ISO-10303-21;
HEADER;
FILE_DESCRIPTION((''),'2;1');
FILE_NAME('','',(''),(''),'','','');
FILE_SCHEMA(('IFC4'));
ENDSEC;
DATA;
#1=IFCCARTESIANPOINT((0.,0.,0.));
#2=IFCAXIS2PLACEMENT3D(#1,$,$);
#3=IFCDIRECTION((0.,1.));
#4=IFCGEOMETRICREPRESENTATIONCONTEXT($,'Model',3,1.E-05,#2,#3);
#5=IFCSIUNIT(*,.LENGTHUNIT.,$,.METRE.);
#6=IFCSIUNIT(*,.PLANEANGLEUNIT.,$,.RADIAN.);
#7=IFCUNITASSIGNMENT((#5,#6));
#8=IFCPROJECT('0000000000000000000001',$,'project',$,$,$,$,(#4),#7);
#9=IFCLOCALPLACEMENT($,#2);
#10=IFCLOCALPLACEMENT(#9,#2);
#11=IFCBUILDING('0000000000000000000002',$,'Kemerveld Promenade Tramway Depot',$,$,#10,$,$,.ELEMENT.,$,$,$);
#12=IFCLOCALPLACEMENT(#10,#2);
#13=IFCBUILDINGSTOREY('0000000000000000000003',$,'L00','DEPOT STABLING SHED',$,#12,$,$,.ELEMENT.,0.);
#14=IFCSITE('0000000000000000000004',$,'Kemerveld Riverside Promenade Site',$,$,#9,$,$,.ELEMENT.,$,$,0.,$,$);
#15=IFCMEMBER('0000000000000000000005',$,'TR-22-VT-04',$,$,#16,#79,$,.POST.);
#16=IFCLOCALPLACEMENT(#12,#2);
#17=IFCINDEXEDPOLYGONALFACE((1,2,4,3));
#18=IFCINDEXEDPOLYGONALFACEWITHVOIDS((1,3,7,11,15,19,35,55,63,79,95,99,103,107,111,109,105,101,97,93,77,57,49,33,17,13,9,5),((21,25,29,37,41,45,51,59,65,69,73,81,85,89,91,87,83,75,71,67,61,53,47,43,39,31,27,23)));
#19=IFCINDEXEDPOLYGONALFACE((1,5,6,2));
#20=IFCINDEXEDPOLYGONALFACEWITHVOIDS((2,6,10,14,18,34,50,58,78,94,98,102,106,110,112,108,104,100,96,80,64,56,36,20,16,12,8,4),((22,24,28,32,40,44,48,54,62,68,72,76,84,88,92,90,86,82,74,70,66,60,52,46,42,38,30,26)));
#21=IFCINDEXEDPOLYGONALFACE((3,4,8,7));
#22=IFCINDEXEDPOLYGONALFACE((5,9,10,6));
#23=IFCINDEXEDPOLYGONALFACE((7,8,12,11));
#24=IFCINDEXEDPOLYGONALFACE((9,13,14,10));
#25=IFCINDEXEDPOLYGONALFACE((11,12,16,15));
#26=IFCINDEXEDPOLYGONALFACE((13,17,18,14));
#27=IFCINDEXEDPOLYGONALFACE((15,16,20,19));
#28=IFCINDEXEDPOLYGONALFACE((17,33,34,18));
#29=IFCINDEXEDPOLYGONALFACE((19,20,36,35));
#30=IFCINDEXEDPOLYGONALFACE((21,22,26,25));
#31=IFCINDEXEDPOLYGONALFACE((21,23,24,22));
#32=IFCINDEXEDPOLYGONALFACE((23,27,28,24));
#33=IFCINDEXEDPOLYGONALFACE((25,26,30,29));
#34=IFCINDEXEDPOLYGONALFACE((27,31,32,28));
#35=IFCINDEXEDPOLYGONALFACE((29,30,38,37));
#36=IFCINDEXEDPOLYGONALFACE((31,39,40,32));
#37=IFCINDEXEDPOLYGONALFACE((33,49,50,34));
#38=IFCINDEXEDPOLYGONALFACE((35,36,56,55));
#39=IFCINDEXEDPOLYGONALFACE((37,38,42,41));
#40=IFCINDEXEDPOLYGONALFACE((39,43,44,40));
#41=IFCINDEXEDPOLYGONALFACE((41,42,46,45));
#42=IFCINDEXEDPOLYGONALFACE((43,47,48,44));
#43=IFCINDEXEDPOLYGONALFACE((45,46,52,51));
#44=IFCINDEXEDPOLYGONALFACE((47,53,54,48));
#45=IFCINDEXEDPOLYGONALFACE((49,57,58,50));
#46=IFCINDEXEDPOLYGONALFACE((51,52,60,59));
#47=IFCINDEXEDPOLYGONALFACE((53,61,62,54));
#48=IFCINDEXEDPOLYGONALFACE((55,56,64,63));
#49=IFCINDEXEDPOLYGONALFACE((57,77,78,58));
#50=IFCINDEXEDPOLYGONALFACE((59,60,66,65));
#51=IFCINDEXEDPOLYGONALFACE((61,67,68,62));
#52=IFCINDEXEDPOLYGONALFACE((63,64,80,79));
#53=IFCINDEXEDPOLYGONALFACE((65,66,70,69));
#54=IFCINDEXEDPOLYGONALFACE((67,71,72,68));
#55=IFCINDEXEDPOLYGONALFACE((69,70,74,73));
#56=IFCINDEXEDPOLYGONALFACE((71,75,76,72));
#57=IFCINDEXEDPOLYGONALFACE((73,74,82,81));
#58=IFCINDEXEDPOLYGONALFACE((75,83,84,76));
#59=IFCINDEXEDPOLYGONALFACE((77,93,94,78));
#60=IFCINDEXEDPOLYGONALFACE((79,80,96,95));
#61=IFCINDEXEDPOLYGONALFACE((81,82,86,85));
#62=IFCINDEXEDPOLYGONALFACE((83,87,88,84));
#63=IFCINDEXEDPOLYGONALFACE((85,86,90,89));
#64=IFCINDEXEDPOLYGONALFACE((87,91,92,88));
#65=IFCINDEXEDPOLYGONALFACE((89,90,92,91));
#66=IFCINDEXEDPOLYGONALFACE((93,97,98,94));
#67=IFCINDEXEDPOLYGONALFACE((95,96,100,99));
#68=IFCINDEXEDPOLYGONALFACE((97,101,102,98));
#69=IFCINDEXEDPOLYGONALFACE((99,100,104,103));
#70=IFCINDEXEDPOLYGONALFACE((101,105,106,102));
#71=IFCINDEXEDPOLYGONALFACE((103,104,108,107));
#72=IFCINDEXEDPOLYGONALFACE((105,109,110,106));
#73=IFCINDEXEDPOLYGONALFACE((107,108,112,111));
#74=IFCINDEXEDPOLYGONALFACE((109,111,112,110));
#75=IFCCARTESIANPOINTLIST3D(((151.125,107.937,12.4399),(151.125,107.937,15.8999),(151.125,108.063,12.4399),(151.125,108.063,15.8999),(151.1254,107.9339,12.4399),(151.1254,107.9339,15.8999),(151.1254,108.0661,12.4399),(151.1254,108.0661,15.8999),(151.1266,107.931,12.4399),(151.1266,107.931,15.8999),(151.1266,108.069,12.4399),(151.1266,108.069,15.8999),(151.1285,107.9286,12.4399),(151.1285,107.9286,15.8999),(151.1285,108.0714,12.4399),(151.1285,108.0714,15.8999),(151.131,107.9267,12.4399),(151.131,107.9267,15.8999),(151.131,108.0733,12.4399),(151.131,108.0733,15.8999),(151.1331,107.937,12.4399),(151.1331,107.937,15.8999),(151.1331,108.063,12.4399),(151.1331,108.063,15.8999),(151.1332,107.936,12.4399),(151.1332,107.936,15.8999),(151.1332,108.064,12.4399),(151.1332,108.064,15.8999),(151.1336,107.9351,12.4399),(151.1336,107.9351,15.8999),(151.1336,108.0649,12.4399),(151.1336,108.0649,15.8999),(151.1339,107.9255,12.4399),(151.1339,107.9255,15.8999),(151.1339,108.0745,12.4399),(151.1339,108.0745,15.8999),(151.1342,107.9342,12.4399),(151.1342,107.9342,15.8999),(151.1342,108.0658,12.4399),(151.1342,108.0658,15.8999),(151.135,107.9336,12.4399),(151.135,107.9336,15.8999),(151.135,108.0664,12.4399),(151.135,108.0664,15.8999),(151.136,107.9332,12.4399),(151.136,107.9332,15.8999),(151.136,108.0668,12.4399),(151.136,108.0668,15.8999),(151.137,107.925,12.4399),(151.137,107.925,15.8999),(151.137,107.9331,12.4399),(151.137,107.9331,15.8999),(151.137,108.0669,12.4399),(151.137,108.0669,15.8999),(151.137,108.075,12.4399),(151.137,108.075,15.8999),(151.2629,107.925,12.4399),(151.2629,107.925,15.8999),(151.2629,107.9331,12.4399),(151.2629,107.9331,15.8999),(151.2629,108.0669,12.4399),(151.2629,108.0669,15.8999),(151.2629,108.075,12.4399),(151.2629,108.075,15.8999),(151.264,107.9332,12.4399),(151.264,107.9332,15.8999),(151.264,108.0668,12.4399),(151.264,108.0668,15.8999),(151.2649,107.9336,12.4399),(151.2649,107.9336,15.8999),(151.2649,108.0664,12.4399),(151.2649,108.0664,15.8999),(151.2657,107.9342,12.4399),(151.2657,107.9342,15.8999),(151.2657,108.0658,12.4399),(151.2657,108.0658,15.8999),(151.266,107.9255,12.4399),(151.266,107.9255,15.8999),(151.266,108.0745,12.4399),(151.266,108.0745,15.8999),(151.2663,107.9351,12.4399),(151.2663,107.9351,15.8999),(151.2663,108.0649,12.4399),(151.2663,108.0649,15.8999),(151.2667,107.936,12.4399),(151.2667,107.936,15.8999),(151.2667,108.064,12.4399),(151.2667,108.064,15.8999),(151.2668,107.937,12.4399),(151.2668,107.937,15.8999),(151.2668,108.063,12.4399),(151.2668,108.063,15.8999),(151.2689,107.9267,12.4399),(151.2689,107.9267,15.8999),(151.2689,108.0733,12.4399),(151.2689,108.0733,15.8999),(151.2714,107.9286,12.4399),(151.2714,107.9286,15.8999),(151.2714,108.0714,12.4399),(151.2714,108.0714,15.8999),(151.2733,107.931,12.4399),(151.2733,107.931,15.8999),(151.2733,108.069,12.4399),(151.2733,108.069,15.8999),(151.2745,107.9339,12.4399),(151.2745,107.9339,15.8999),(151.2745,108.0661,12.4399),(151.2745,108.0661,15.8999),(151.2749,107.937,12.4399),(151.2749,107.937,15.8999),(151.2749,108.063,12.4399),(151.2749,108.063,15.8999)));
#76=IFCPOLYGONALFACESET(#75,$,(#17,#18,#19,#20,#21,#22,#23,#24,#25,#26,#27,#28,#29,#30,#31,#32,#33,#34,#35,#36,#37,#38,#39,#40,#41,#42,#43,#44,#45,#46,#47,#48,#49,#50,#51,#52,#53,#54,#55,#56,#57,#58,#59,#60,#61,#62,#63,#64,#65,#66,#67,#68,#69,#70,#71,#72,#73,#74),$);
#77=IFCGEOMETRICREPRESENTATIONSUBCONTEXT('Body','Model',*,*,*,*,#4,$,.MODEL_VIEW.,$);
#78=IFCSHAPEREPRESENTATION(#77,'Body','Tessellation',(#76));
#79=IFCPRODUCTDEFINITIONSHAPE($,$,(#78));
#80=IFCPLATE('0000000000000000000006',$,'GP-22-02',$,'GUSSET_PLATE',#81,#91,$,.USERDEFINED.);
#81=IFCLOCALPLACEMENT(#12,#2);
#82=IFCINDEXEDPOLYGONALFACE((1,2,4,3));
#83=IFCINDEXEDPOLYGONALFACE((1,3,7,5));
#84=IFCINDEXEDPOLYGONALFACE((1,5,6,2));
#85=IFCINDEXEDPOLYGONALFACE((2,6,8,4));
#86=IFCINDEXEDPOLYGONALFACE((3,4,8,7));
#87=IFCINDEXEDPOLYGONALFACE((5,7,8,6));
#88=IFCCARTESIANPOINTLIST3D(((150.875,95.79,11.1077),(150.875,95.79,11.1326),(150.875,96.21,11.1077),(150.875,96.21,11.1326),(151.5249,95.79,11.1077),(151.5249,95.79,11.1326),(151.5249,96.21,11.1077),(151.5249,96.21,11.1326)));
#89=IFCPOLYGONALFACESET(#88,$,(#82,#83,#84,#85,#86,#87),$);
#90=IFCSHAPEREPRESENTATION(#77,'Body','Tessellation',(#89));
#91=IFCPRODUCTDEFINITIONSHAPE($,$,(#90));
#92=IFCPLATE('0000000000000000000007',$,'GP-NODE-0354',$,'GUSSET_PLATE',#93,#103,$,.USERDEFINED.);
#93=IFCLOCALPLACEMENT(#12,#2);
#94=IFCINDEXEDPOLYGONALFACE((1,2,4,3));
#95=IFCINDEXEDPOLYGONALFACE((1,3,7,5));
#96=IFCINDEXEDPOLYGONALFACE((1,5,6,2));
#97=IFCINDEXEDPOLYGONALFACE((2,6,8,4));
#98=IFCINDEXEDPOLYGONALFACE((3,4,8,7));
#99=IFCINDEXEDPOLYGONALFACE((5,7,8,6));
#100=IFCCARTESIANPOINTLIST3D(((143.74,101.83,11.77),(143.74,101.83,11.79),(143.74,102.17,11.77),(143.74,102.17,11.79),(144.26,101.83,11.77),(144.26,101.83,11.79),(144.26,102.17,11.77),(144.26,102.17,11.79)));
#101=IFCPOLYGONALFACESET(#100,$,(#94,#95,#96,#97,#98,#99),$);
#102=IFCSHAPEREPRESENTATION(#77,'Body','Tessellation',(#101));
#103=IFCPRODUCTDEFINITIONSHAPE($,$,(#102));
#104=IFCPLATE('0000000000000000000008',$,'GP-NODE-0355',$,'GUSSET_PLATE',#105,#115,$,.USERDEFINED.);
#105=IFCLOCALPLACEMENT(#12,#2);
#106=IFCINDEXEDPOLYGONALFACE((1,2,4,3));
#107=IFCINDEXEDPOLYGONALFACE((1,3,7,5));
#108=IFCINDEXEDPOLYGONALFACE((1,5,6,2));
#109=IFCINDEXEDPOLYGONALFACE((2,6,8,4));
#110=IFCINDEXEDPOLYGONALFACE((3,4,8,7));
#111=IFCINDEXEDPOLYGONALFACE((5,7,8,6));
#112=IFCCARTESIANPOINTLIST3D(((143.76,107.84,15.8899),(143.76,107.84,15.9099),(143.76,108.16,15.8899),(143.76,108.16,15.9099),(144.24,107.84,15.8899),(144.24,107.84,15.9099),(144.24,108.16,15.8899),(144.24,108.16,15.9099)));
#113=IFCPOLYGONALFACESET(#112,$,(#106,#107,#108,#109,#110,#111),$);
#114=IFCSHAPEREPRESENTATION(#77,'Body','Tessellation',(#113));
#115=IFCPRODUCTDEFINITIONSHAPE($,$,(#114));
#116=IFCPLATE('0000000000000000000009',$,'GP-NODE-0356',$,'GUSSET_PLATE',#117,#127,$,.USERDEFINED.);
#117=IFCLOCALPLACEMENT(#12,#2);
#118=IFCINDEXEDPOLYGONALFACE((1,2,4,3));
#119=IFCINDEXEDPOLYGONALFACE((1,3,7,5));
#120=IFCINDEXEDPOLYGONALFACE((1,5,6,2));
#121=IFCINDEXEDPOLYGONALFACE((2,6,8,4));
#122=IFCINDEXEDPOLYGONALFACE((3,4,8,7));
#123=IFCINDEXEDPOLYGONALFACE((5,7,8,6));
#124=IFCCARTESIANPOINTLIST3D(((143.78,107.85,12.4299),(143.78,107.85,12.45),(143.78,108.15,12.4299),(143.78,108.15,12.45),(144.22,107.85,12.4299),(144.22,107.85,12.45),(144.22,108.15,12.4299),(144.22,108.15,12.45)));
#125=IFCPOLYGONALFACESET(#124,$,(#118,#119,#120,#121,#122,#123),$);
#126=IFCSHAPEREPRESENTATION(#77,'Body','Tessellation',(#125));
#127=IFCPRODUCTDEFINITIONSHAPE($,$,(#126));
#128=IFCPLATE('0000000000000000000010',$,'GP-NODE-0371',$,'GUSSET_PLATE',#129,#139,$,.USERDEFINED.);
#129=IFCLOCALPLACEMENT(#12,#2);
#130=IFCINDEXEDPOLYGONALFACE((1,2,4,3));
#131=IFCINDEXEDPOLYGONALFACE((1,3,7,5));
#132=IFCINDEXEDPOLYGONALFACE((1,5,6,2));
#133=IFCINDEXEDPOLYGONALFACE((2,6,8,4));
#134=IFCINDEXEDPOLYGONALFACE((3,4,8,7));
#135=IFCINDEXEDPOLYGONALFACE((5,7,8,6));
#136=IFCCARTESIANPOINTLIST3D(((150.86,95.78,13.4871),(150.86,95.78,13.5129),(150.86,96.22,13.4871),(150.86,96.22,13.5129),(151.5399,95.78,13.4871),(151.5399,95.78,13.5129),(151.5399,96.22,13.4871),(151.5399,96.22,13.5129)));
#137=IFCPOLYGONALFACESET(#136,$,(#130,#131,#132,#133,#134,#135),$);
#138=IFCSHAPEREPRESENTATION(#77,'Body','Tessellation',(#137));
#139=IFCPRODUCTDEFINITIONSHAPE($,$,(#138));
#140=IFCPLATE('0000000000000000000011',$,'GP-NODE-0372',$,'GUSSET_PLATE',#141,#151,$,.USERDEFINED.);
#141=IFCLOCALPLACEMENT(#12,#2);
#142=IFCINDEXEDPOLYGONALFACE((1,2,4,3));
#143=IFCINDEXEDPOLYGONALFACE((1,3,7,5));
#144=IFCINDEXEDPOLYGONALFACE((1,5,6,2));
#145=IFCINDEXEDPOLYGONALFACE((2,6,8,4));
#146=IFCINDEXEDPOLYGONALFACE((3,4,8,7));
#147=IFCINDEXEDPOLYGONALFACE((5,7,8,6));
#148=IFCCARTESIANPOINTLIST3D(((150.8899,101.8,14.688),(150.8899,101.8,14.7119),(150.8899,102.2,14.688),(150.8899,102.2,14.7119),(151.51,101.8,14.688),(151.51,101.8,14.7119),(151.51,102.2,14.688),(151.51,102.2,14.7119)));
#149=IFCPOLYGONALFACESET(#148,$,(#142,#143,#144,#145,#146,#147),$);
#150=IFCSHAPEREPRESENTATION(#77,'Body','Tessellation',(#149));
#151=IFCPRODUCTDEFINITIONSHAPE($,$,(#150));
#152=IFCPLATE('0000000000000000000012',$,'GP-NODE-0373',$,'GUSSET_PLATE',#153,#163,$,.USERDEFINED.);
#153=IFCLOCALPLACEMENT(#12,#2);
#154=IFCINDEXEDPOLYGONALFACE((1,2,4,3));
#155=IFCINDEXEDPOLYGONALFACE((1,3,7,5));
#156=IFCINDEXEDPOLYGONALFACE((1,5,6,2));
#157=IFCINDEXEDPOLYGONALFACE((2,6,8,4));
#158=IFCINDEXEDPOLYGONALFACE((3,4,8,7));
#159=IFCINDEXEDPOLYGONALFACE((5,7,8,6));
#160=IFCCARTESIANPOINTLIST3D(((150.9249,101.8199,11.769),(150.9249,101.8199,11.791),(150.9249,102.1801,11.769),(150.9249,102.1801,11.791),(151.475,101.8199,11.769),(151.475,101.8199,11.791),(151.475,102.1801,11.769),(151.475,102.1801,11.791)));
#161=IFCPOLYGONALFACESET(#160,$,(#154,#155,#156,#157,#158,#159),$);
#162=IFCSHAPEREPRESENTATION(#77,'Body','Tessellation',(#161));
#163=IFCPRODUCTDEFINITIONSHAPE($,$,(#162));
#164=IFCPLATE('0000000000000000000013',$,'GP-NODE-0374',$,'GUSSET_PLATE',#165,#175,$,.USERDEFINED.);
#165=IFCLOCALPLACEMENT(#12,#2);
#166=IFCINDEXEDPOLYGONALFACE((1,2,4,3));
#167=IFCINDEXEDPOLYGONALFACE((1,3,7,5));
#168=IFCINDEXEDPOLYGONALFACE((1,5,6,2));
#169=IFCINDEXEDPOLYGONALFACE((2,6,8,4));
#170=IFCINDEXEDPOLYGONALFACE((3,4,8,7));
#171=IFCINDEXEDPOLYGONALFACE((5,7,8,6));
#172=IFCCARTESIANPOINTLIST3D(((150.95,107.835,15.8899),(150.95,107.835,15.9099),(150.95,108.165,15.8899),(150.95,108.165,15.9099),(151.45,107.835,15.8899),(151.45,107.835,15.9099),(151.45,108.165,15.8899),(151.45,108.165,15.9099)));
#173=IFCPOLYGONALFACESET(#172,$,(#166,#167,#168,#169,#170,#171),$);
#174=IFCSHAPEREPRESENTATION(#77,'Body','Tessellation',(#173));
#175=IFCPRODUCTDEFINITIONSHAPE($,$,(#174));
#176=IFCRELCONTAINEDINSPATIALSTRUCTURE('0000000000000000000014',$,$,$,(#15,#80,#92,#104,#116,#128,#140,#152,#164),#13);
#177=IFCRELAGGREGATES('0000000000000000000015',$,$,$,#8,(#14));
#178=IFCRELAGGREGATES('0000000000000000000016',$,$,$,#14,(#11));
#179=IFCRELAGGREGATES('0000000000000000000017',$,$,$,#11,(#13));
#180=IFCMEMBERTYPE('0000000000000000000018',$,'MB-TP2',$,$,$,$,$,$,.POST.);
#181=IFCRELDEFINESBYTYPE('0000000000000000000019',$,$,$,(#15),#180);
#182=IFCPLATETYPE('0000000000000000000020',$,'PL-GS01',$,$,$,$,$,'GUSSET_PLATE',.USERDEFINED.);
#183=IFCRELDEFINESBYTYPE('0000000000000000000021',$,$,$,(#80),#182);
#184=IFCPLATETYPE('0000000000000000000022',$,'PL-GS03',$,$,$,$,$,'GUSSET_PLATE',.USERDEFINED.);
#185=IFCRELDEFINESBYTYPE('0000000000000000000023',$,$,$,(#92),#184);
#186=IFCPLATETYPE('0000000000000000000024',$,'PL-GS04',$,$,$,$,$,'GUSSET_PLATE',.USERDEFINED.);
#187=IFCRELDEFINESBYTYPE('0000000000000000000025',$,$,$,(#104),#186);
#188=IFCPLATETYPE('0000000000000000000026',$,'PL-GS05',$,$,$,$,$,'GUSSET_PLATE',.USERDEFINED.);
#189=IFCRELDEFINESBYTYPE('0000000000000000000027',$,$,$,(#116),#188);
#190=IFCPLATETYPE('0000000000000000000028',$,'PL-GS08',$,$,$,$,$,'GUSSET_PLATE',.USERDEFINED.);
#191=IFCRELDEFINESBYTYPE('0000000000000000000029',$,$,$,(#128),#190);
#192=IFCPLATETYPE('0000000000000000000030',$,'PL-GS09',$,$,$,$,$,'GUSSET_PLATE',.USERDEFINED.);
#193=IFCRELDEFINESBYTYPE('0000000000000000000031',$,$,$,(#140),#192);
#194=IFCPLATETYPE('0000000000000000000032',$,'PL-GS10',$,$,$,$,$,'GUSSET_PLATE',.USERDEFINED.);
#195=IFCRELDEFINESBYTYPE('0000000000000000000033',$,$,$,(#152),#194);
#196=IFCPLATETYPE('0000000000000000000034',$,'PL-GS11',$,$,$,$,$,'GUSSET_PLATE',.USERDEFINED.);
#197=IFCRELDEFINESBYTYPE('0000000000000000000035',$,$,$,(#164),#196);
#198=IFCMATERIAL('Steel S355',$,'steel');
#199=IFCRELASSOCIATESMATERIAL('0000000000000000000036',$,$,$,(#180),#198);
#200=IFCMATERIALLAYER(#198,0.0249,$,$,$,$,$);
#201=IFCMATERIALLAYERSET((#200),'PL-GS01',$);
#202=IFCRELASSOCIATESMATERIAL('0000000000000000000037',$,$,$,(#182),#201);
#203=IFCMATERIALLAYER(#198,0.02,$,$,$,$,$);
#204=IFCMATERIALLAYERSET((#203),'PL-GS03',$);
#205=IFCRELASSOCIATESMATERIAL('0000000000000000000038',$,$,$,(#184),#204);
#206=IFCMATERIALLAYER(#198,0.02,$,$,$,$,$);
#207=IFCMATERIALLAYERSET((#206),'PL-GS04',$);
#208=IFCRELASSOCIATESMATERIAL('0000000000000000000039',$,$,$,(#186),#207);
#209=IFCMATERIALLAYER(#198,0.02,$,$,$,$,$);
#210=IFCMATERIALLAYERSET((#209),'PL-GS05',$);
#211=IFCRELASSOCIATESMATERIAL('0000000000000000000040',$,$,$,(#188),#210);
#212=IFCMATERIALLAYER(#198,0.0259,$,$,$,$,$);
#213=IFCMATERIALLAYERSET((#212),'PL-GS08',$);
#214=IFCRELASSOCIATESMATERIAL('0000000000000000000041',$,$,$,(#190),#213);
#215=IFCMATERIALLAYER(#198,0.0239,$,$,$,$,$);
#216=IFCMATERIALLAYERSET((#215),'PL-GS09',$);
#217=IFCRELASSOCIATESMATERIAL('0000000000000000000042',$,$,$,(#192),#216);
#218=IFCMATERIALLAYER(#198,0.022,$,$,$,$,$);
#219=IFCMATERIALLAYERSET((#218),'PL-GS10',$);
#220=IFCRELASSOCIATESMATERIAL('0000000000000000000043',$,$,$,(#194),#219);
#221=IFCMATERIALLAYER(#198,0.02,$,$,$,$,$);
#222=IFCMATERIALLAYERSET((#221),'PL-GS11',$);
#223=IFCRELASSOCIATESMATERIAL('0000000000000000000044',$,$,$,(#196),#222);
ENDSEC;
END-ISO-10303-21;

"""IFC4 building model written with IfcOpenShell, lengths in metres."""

from ifc_helpers import new_model, si_unit, direction, frame, origin, origin_2d, place, context, subcontext, project, spatial, rectangle, hollow_rectangle, extrude, material, layer, layer_set, material_profile, profile_set, type_object, element, save


model = new_model("IFC4")

# Units and contexts
model_context = context("Model", 3, precision=1e-05, world=origin(), true_north=direction((0.0, 1.0)))
body_context = subcontext(model_context, "Body", "Model", "MODEL_VIEW")
ifc_project = project(units=[si_unit("LENGTHUNIT", "METRE"), si_unit("PLANEANGLEUNIT", "RADIAN")], contexts=[model_context])

# Site, building, storey
site_placement = place(None, origin())
site = spatial("IfcSite", under=ifc_project, at=site_placement, Name="Kemerveld Riverside Promenade Site", CompositionType="ELEMENT", RefElevation=0.0)
building_placement = place(site_placement, origin())
building = spatial("IfcBuilding", under=site, at=building_placement, Name="Kemerveld Promenade Tramway Depot", CompositionType="ELEMENT")
storey_placement = place(building_placement, origin())
storey = spatial("IfcBuildingStorey", under=building, at=storey_placement, Name="L00", Description="DEPOT STABLING SHED", CompositionType="ELEMENT", Elevation=0.0)

# Member
ifc_material_1 = material(Name="Steel S355", Category="steel")
ifc_material_profile_1 = material_profile(ifc_material_1, hollow_rectangle(XDim=0.1499, YDim=0.1499, WallThickness=0.0081, InnerFilletRadius=0.0039, OuterFilletRadius=0.012, at=origin_2d()), Name="150x150x8.0 SHS")
ifc_profile_set_1 = profile_set([ifc_material_profile_1], Name="Steel S355")
member_type_1 = type_object("IfcMemberType", Name="MB-TP2", PredefinedType="POST", material=ifc_profile_set_1)
member_1_placement = place(storey_placement, frame((151.2, 108.0, 12.4399), z_axis=(0.0, 0.0, 1.0), x_axis=(1.0, 0.0, 0.0)))
element("IfcMember", 1, at=member_1_placement, inside=storey, type_object=member_type_1, Name="TR-22-VT-04", PredefinedType="POST", context=body_context, shape_type="SweptSolid", body=[
    extrude(hollow_rectangle(XDim=0.1499, YDim=0.1499, WallThickness=0.0081, InnerFilletRadius=0.0039, OuterFilletRadius=0.012, at=origin_2d()), origin(), (0.0, 0.0, 1.0), 3.46),
])

# Plates
ifc_layer_1 = layer(ifc_material_1, 0.0249)
ifc_layer_set_1 = layer_set([ifc_layer_1], Name="PL-GS01")
plate_type_1 = type_object("IfcPlateType", Name="PL-GS01", ElementType="GUSSET_PLATE", PredefinedType="USERDEFINED", material=ifc_layer_set_1)
plate_1_placement = place(storey_placement, frame((151.2, 96.0, 11.1077), z_axis=(0.0, 0.0, 1.0), x_axis=(1.0, 0.0, 0.0)))
element("IfcPlate", 2, at=plate_1_placement, inside=storey, type_object=plate_type_1, Name="GP-22-02", ObjectType="GUSSET_PLATE", PredefinedType="USERDEFINED", context=body_context, shape_type="SweptSolid", body=[
    extrude(rectangle(XDim=0.6499, YDim=0.4199, at=origin_2d()), origin(), (0.0, 0.0, 1.0), 0.0249),
])
ifc_layer_2 = layer(ifc_material_1, 0.02)
ifc_layer_set_2 = layer_set([ifc_layer_2], Name="PL-GS03")
plate_type_2 = type_object("IfcPlateType", Name="PL-GS03", ElementType="GUSSET_PLATE", PredefinedType="USERDEFINED", material=ifc_layer_set_2)
plate_2_placement = place(storey_placement, frame((144.0, 102.0, 11.77), z_axis=(0.0, 0.0, 1.0), x_axis=(1.0, 0.0, 0.0)))
element("IfcPlate", 3, at=plate_2_placement, inside=storey, type_object=plate_type_2, Name="GP-NODE-0354", ObjectType="GUSSET_PLATE", PredefinedType="USERDEFINED", context=body_context, shape_type="SweptSolid", body=[
    extrude(rectangle(XDim=0.52, YDim=0.3401, at=origin_2d()), origin(), (0.0, 0.0, 1.0), 0.02),
])
ifc_layer_3 = layer(ifc_material_1, 0.02)
ifc_layer_set_3 = layer_set([ifc_layer_3], Name="PL-GS04")
plate_type_3 = type_object("IfcPlateType", Name="PL-GS04", ElementType="GUSSET_PLATE", PredefinedType="USERDEFINED", material=ifc_layer_set_3)
plate_3_placement = place(storey_placement, frame((144.0, 108.0, 15.8899), z_axis=(0.0, 0.0, 1.0), x_axis=(1.0, 0.0, 0.0)))
element("IfcPlate", 4, at=plate_3_placement, inside=storey, type_object=plate_type_3, Name="GP-NODE-0355", ObjectType="GUSSET_PLATE", PredefinedType="USERDEFINED", context=body_context, shape_type="SweptSolid", body=[
    extrude(rectangle(XDim=0.48, YDim=0.3201, at=origin_2d()), origin(), (0.0, 0.0, 1.0), 0.02),
])
ifc_layer_4 = layer(ifc_material_1, 0.02)
ifc_layer_set_4 = layer_set([ifc_layer_4], Name="PL-GS05")
plate_type_4 = type_object("IfcPlateType", Name="PL-GS05", ElementType="GUSSET_PLATE", PredefinedType="USERDEFINED", material=ifc_layer_set_4)
plate_4_placement = place(storey_placement, frame((144.0, 108.0, 12.4299), z_axis=(0.0, 0.0, 1.0), x_axis=(1.0, 0.0, 0.0)))
element("IfcPlate", 5, at=plate_4_placement, inside=storey, type_object=plate_type_4, Name="GP-NODE-0356", ObjectType="GUSSET_PLATE", PredefinedType="USERDEFINED", context=body_context, shape_type="SweptSolid", body=[
    extrude(rectangle(XDim=0.4399, YDim=0.3, at=origin_2d()), origin(), (0.0, 0.0, 1.0), 0.02),
])
ifc_layer_5 = layer(ifc_material_1, 0.0259)
ifc_layer_set_5 = layer_set([ifc_layer_5], Name="PL-GS08")
plate_type_5 = type_object("IfcPlateType", Name="PL-GS08", ElementType="GUSSET_PLATE", PredefinedType="USERDEFINED", material=ifc_layer_set_5)
plate_5_placement = place(storey_placement, frame((151.2, 96.0, 13.4871), z_axis=(0.0, 0.0, 1.0), x_axis=(1.0, 0.0, 0.0)))
element("IfcPlate", 6, at=plate_5_placement, inside=storey, type_object=plate_type_5, Name="GP-NODE-0371", ObjectType="GUSSET_PLATE", PredefinedType="USERDEFINED", context=body_context, shape_type="SweptSolid", body=[
    extrude(rectangle(XDim=0.6799, YDim=0.4399, at=origin_2d()), origin(), (0.0, 0.0, 1.0), 0.0259),
])
ifc_layer_6 = layer(ifc_material_1, 0.0239)
ifc_layer_set_6 = layer_set([ifc_layer_6], Name="PL-GS09")
plate_type_6 = type_object("IfcPlateType", Name="PL-GS09", ElementType="GUSSET_PLATE", PredefinedType="USERDEFINED", material=ifc_layer_set_6)
plate_6_placement = place(storey_placement, frame((151.2, 102.0, 14.688), z_axis=(0.0, 0.0, 1.0), x_axis=(1.0, 0.0, 0.0)))
element("IfcPlate", 7, at=plate_6_placement, inside=storey, type_object=plate_type_6, Name="GP-NODE-0372", ObjectType="GUSSET_PLATE", PredefinedType="USERDEFINED", context=body_context, shape_type="SweptSolid", body=[
    extrude(rectangle(XDim=0.6201, YDim=0.3999, at=origin_2d()), origin(), (0.0, 0.0, 1.0), 0.0239),
])
ifc_layer_7 = layer(ifc_material_1, 0.022)
ifc_layer_set_7 = layer_set([ifc_layer_7], Name="PL-GS10")
plate_type_7 = type_object("IfcPlateType", Name="PL-GS10", ElementType="GUSSET_PLATE", PredefinedType="USERDEFINED", material=ifc_layer_set_7)
plate_7_placement = place(storey_placement, frame((151.2, 102.0, 11.769), z_axis=(0.0, 0.0, 1.0), x_axis=(1.0, 0.0, 0.0)))
element("IfcPlate", 8, at=plate_7_placement, inside=storey, type_object=plate_type_7, Name="GP-NODE-0373", ObjectType="GUSSET_PLATE", PredefinedType="USERDEFINED", context=body_context, shape_type="SweptSolid", body=[
    extrude(rectangle(XDim=0.55, YDim=0.3601, at=origin_2d()), origin(), (0.0, 0.0, 1.0), 0.022),
])
ifc_layer_8 = layer(ifc_material_1, 0.02)
ifc_layer_set_8 = layer_set([ifc_layer_8], Name="PL-GS11")
plate_type_8 = type_object("IfcPlateType", Name="PL-GS11", ElementType="GUSSET_PLATE", PredefinedType="USERDEFINED", material=ifc_layer_set_8)
plate_8_placement = place(storey_placement, frame((151.2, 108.0, 15.8899), z_axis=(0.0, 0.0, 1.0), x_axis=(1.0, 0.0, 0.0)))
element("IfcPlate", 9, at=plate_8_placement, inside=storey, type_object=plate_type_8, Name="GP-NODE-0374", ObjectType="GUSSET_PLATE", PredefinedType="USERDEFINED", context=body_context, shape_type="SweptSolid", body=[
    extrude(rectangle(XDim=0.5, YDim=0.3301, at=origin_2d()), origin(), (0.0, 0.0, 1.0), 0.02),
])

save(model, "model.ifc")
